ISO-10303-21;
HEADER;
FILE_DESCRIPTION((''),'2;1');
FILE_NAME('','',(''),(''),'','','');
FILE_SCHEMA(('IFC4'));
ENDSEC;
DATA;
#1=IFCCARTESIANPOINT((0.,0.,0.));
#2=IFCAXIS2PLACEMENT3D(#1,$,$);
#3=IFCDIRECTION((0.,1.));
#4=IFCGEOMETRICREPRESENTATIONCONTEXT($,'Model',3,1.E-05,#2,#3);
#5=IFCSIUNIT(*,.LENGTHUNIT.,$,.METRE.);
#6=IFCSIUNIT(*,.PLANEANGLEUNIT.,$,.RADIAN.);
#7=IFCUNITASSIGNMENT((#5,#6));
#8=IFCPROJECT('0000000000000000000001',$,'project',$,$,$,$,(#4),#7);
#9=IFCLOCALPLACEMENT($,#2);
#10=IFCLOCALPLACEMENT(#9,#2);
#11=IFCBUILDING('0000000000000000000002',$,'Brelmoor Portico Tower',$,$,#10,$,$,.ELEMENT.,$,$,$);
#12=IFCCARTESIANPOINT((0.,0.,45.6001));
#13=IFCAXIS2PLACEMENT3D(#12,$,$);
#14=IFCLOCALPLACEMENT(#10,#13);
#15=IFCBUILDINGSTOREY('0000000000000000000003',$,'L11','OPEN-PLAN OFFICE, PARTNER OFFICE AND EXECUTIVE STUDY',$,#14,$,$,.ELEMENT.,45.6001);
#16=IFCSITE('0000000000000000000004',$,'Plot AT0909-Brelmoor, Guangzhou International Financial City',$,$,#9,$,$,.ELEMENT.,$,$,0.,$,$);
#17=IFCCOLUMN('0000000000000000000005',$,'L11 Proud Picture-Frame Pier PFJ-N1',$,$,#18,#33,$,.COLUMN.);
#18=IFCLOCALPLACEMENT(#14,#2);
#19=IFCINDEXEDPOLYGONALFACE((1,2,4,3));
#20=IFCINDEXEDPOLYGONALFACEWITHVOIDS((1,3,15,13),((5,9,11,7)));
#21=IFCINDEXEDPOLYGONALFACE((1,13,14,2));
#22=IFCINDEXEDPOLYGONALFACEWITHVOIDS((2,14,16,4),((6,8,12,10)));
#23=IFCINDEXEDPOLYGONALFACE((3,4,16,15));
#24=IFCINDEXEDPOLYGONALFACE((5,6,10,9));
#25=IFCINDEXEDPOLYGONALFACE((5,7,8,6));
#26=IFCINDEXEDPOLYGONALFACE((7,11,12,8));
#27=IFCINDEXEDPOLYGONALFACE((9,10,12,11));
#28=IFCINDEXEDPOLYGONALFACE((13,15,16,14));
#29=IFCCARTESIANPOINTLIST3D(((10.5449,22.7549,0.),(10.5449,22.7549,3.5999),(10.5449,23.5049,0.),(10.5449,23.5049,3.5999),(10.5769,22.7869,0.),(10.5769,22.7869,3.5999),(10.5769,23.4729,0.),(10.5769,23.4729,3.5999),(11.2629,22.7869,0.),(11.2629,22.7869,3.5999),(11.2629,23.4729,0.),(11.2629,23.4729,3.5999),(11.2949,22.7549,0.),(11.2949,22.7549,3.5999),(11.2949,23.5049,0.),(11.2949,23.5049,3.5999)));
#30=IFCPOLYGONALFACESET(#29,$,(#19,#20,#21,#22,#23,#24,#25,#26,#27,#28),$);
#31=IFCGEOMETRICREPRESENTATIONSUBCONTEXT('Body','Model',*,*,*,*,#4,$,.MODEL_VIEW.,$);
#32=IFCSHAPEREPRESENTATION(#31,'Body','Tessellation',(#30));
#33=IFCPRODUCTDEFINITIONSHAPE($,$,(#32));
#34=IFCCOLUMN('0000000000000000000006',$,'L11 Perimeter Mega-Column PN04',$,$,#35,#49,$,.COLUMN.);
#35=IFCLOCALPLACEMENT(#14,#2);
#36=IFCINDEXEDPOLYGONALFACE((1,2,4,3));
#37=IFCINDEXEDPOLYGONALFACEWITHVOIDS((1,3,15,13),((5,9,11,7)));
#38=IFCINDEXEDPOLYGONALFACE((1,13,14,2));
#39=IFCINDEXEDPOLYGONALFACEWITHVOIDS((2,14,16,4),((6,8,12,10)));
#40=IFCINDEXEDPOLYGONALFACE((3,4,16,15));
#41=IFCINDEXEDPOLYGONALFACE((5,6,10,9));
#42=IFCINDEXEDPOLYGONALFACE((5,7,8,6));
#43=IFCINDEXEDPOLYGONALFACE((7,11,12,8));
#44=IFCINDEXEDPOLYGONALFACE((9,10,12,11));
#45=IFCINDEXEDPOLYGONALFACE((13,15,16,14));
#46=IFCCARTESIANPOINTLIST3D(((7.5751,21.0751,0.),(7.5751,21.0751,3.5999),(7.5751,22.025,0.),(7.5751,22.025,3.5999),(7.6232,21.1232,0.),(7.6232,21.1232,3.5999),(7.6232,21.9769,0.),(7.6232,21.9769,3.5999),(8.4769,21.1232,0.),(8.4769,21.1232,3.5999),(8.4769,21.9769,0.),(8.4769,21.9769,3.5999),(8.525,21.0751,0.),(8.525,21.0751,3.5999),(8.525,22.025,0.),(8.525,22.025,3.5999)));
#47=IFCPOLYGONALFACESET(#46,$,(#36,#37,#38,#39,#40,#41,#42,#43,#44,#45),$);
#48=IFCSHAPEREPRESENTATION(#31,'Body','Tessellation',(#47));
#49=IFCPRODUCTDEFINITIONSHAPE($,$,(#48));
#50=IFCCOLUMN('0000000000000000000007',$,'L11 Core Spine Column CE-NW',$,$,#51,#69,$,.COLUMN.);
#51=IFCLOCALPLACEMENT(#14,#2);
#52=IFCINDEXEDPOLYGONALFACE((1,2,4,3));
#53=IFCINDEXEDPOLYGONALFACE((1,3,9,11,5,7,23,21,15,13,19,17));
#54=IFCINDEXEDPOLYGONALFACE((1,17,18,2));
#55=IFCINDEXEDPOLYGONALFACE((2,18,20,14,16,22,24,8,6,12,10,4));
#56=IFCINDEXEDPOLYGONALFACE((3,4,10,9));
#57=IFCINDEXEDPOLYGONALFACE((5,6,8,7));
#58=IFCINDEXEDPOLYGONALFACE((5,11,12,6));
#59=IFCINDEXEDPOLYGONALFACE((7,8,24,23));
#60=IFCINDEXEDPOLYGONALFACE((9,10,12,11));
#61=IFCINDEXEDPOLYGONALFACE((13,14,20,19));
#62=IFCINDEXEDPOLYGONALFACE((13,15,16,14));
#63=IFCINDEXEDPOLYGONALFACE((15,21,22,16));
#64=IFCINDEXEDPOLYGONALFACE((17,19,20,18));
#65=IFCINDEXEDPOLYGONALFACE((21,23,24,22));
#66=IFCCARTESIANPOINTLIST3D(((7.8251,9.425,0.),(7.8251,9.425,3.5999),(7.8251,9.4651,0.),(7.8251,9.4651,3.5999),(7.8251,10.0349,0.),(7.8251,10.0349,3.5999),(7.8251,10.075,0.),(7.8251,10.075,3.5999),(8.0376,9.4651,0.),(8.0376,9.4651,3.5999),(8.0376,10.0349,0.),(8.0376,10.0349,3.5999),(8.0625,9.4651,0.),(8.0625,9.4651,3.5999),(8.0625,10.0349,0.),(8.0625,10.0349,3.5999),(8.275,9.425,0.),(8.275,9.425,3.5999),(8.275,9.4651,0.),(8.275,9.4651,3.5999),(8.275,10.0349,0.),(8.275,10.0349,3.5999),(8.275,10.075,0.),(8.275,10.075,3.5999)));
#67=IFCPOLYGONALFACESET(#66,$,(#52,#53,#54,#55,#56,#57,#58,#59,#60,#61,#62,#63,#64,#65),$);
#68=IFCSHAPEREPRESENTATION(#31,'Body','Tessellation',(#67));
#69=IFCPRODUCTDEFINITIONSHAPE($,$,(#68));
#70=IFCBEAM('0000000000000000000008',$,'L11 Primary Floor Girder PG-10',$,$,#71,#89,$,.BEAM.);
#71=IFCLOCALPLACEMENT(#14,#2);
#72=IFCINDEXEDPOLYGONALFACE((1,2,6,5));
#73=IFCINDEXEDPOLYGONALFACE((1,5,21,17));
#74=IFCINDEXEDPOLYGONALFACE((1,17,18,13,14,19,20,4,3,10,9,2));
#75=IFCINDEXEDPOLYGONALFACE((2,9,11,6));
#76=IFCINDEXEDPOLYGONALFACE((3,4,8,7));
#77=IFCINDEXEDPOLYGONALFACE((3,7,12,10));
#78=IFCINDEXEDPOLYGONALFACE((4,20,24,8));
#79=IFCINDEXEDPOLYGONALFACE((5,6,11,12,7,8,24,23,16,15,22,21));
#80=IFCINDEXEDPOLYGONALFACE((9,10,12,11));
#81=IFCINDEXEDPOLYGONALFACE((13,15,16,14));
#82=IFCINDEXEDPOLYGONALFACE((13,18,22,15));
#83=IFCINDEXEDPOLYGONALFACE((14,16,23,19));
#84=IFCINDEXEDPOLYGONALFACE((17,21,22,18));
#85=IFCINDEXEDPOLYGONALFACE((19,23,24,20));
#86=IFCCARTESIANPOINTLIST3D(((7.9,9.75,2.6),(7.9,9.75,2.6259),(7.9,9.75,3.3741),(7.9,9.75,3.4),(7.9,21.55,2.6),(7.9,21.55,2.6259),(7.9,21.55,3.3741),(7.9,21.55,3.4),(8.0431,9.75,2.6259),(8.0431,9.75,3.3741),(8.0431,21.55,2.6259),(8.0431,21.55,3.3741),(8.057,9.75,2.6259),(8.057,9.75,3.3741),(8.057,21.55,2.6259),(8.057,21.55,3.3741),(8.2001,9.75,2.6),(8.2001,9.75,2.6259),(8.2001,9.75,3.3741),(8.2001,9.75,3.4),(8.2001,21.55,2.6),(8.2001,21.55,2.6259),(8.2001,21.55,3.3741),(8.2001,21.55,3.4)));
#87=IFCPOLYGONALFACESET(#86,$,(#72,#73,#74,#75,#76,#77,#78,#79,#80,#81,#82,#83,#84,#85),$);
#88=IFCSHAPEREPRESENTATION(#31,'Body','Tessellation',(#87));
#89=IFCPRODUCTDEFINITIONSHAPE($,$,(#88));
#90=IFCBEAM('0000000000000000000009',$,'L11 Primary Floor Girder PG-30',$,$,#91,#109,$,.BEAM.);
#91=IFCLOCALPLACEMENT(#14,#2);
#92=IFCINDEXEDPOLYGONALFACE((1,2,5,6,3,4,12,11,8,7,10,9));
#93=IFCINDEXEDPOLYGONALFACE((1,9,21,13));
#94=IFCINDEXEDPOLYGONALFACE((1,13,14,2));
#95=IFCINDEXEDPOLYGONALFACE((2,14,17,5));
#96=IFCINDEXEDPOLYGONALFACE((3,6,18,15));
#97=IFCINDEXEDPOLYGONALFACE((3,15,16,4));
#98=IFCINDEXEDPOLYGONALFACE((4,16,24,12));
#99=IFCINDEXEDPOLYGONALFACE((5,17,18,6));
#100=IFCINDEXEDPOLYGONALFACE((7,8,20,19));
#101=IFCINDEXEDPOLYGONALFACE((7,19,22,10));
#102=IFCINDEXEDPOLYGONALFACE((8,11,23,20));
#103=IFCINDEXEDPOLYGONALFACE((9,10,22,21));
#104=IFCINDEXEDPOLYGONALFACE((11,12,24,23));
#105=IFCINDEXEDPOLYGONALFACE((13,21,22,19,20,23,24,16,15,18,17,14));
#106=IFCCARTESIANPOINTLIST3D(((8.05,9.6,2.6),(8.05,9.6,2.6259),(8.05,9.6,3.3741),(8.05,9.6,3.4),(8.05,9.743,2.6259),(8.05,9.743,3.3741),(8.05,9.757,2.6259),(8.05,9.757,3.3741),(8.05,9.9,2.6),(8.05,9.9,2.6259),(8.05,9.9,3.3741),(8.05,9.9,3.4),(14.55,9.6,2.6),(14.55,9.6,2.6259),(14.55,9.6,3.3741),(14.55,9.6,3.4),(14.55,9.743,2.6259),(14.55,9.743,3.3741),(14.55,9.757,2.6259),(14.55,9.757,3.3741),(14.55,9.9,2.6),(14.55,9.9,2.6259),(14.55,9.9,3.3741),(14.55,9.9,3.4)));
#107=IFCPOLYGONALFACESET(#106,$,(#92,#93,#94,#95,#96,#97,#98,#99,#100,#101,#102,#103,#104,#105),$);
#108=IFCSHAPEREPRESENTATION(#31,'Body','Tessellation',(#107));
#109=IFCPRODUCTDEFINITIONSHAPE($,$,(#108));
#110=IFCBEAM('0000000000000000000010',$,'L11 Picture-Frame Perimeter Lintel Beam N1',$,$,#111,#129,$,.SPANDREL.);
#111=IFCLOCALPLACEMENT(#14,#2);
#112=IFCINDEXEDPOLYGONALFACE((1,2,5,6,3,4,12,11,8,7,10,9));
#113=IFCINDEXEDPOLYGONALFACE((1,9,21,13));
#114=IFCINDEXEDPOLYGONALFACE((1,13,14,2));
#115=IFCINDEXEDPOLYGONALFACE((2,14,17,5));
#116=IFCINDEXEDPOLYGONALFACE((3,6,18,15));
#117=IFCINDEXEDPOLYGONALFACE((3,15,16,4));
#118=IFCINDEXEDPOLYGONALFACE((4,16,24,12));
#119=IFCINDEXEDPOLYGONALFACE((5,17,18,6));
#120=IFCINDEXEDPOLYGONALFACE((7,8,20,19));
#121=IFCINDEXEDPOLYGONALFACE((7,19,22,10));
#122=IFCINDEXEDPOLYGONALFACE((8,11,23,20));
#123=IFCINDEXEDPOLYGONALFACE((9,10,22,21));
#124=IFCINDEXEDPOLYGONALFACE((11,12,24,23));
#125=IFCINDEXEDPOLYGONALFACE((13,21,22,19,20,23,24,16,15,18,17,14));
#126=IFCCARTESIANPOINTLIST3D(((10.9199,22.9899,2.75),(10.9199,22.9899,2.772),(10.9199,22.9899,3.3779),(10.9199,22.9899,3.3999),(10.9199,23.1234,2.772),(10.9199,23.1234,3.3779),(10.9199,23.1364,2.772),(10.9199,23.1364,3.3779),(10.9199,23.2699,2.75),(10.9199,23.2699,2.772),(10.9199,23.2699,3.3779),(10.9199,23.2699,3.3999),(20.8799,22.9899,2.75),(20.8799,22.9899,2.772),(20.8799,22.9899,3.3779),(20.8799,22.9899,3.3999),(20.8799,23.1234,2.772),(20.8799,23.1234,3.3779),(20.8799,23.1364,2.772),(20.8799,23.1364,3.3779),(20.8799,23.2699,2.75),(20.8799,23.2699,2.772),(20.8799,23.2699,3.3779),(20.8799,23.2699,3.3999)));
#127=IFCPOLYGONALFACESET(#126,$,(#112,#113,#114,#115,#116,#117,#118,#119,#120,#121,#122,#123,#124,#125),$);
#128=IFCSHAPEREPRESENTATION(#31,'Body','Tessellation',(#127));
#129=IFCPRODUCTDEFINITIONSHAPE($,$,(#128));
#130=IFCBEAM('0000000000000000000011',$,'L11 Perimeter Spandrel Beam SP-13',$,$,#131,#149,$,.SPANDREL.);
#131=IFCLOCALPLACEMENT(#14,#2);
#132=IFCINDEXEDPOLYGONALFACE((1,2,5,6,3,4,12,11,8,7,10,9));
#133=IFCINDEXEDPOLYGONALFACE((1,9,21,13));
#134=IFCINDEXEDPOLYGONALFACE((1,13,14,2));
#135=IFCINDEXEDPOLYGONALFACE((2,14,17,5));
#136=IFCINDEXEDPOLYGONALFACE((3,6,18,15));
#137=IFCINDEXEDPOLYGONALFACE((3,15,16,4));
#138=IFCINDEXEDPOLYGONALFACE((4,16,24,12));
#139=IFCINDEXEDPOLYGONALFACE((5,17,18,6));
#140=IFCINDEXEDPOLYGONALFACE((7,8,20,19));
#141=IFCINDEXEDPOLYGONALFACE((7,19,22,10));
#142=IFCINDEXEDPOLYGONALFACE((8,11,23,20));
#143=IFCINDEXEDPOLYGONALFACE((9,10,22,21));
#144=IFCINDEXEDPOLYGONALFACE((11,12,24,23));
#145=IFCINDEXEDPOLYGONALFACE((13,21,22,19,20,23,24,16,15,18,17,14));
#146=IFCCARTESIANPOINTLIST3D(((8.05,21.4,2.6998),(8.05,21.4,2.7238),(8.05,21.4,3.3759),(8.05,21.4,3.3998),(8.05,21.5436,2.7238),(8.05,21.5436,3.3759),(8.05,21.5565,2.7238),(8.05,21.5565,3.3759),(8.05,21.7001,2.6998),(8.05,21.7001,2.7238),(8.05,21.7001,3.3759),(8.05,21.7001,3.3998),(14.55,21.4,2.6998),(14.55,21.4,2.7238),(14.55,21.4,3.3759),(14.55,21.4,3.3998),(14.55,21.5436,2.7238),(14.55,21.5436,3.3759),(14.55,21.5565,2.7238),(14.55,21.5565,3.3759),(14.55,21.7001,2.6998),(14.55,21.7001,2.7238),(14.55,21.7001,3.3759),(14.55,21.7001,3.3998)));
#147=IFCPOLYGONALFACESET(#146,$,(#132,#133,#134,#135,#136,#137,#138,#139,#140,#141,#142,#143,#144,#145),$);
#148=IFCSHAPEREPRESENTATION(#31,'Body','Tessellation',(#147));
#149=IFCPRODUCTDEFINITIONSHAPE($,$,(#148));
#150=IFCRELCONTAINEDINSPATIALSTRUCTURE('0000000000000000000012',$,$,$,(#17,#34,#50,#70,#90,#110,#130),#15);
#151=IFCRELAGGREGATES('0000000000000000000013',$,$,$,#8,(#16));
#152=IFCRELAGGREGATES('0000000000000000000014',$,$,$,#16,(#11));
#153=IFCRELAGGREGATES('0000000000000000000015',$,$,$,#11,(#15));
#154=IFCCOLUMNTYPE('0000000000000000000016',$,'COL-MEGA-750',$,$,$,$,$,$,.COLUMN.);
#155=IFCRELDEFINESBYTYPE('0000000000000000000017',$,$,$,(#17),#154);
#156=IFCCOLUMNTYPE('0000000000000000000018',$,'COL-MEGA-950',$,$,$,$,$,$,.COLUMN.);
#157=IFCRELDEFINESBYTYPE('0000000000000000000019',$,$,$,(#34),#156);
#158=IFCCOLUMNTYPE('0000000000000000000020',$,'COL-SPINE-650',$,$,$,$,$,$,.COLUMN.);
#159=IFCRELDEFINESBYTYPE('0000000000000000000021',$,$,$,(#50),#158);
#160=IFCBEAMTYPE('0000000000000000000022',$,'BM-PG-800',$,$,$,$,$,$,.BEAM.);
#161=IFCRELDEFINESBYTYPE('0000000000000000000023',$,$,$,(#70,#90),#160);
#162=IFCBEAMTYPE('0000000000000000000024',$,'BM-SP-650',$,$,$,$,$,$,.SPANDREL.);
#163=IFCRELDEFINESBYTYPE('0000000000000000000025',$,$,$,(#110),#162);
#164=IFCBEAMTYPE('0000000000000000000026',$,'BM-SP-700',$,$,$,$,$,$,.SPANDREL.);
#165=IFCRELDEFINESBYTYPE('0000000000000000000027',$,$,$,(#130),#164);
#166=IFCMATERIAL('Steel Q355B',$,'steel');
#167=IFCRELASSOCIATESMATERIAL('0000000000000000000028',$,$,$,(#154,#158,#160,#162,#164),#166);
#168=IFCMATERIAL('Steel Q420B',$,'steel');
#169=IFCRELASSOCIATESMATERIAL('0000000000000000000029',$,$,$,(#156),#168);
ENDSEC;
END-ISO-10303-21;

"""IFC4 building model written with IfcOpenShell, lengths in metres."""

from ifc_helpers import new_model, si_unit, direction, frame, origin, origin_2d, place, context, subcontext, project, spatial, hollow_rectangle, i_section, extrude, material, material_profile, profile_set, type_object, element, save


model = new_model("IFC4")

# Units and contexts
model_context = context("Model", 3, precision=1e-05, world=origin(), true_north=direction((0.0, 1.0)))
body_context = subcontext(model_context, "Body", "Model", "MODEL_VIEW")
ifc_project = project(units=[si_unit("LENGTHUNIT", "METRE"), si_unit("PLANEANGLEUNIT", "RADIAN")], contexts=[model_context])

# Site, building, storey
site_placement = place(None, origin())
site = spatial("IfcSite", under=ifc_project, at=site_placement, Name="Plot AT0909-Brelmoor, Guangzhou International Financial City", CompositionType="ELEMENT", RefElevation=0.0)
building_placement = place(site_placement, origin())
building = spatial("IfcBuilding", under=site, at=building_placement, Name="Brelmoor Portico Tower", CompositionType="ELEMENT")
storey_placement = place(building_placement, frame((0.0, 0.0, 45.6001)))
storey = spatial("IfcBuildingStorey", under=building, at=storey_placement, Name="L11", Description="OPEN-PLAN OFFICE, PARTNER OFFICE AND EXECUTIVE STUDY", CompositionType="ELEMENT", Elevation=45.6001)

# Columns
ifc_material_1 = material(Name="Steel Q355B", Category="steel")
ifc_material_profile_1 = material_profile(ifc_material_1, hollow_rectangle(XDim=0.75, YDim=0.75, WallThickness=0.032, at=origin_2d()), Name="BOX 750x750x32")
ifc_profile_set_1 = profile_set([ifc_material_profile_1], Name="Steel Q355B")
column_type_1 = type_object("IfcColumnType", Name="COL-MEGA-750", PredefinedType="COLUMN", material=ifc_profile_set_1)
column_1_placement = place(storey_placement, frame((10.9199, 23.1299, 0.0), z_axis=(0.0, 0.0, 1.0), x_axis=(1.0, 0.0, 0.0)))
element("IfcColumn", 1, at=column_1_placement, inside=storey, type_object=column_type_1, Name="L11 Proud Picture-Frame Pier PFJ-N1", PredefinedType="COLUMN", context=body_context, shape_type="SweptSolid", body=[
    extrude(hollow_rectangle(XDim=0.75, YDim=0.75, WallThickness=0.032, at=origin_2d()), origin(), (0.0, 0.0, 1.0), 3.5999),
])
ifc_material_2 = material(Name="Steel Q420B", Category="steel")
ifc_material_profile_2 = material_profile(ifc_material_2, hollow_rectangle(XDim=0.95, YDim=0.95, WallThickness=0.0481, at=origin_2d()), Name="BOX 950x950x48")
ifc_profile_set_2 = profile_set([ifc_material_profile_2], Name="Steel Q420B")
column_type_2 = type_object("IfcColumnType", Name="COL-MEGA-950", PredefinedType="COLUMN", material=ifc_profile_set_2)
column_2_placement = place(storey_placement, frame((8.05, 21.55, 0.0), z_axis=(0.0, 0.0, 1.0), x_axis=(1.0, 0.0, 0.0)))
element("IfcColumn", 2, at=column_2_placement, inside=storey, type_object=column_type_2, Name="L11 Perimeter Mega-Column PN04", PredefinedType="COLUMN", context=body_context, shape_type="SweptSolid", body=[
    extrude(hollow_rectangle(XDim=0.95, YDim=0.95, WallThickness=0.0481, at=origin_2d()), origin(), (0.0, 0.0, 1.0), 3.5999),
])
ifc_material_profile_3 = material_profile(ifc_material_1, i_section(OverallWidth=0.45, OverallDepth=0.6499, WebThickness=0.0249, FlangeThickness=0.04, at=origin_2d()), Name="HW 650x450x25x40")
ifc_profile_set_3 = profile_set([ifc_material_profile_3], Name="Steel Q355B")
column_type_3 = type_object("IfcColumnType", Name="COL-SPINE-650", PredefinedType="COLUMN", material=ifc_profile_set_3)
column_3_placement = place(storey_placement, frame((8.05, 9.75, 0.0), z_axis=(0.0, 0.0, 1.0), x_axis=(1.0, 0.0, 0.0)))
element("IfcColumn", 3, at=column_3_placement, inside=storey, type_object=column_type_3, Name="L11 Core Spine Column CE-NW", PredefinedType="COLUMN", context=body_context, shape_type="SweptSolid", body=[
    extrude(i_section(OverallWidth=0.45, OverallDepth=0.6499, WebThickness=0.0249, FlangeThickness=0.04, at=origin_2d()), origin(), (0.0, 0.0, 1.0), 3.5999),
])

# Beams
ifc_material_profile_4 = material_profile(ifc_material_1, i_section(OverallWidth=0.3, OverallDepth=0.8, WebThickness=0.0139, FlangeThickness=0.0259, at=origin_2d()), Name="HN 800x300x14x26")
ifc_profile_set_4 = profile_set([ifc_material_profile_4], Name="Steel Q355B")
beam_type_1 = type_object("IfcBeamType", Name="BM-PG-800", PredefinedType="BEAM", material=ifc_profile_set_4)
beam_1_placement = place(storey_placement, frame((8.05, 9.75, 3.0), z_axis=(0.0, 1.0, 0.0), x_axis=(-1.0, 0.0, 0.0)))
element("IfcBeam", 4, at=beam_1_placement, inside=storey, type_object=beam_type_1, Name="L11 Primary Floor Girder PG-10", PredefinedType="BEAM", context=body_context, shape_type="SweptSolid", body=[
    extrude(i_section(OverallWidth=0.3, OverallDepth=0.8, WebThickness=0.0139, FlangeThickness=0.0259, at=origin_2d()), origin(), (0.0, 0.0, 1.0), 11.8),
])
beam_2_placement = place(storey_placement, frame((8.05, 9.75, 3.0), z_axis=(1.0, 0.0, 0.0), x_axis=(0.0, 1.0, 0.0)))
element("IfcBeam", 5, at=beam_2_placement, inside=storey, type_object=beam_type_1, Name="L11 Primary Floor Girder PG-30", PredefinedType="BEAM", context=body_context, shape_type="SweptSolid", body=[
    extrude(i_section(OverallWidth=0.3, OverallDepth=0.8, WebThickness=0.0139, FlangeThickness=0.0259, at=origin_2d()), origin(), (0.0, 0.0, 1.0), 6.5),
])
ifc_material_profile_5 = material_profile(ifc_material_1, i_section(OverallWidth=0.28, OverallDepth=0.6499, WebThickness=0.0129, FlangeThickness=0.022, at=origin_2d()), Name="HN 650x280x13x22")
ifc_profile_set_5 = profile_set([ifc_material_profile_5], Name="Steel Q355B")
beam_type_2 = type_object("IfcBeamType", Name="BM-SP-650", PredefinedType="SPANDREL", material=ifc_profile_set_5)
beam_3_placement = place(storey_placement, frame((10.9199, 23.1299, 3.075), z_axis=(1.0, 0.0, 0.0), x_axis=(0.0, 1.0, 0.0)))
element("IfcBeam", 6, at=beam_3_placement, inside=storey, type_object=beam_type_2, Name="L11 Picture-Frame Perimeter Lintel Beam N1", PredefinedType="SPANDREL", context=body_context, shape_type="SweptSolid", body=[
    extrude(i_section(OverallWidth=0.28, OverallDepth=0.6499, WebThickness=0.0129, FlangeThickness=0.022, at=origin_2d()), origin(), (0.0, 0.0, 1.0), 9.96),
])
ifc_material_profile_6 = material_profile(ifc_material_1, i_section(OverallWidth=0.3, OverallDepth=0.7, WebThickness=0.0129, FlangeThickness=0.0239, at=origin_2d()), Name="HN 700x300x13x24")
ifc_profile_set_6 = profile_set([ifc_material_profile_6], Name="Steel Q355B")
beam_type_3 = type_object("IfcBeamType", Name="BM-SP-700", PredefinedType="SPANDREL", material=ifc_profile_set_6)
beam_4_placement = place(storey_placement, frame((8.05, 21.55, 3.0498), z_axis=(1.0, 0.0, 0.0), x_axis=(0.0, 1.0, 0.0)))
element("IfcBeam", 7, at=beam_4_placement, inside=storey, type_object=beam_type_3, Name="L11 Perimeter Spandrel Beam SP-13", PredefinedType="SPANDREL", context=body_context, shape_type="SweptSolid", body=[
    extrude(i_section(OverallWidth=0.3, OverallDepth=0.7, WebThickness=0.0129, FlangeThickness=0.0239, at=origin_2d()), origin(), (0.0, 0.0, 1.0), 6.5),
])

save(model, "model.ifc")
